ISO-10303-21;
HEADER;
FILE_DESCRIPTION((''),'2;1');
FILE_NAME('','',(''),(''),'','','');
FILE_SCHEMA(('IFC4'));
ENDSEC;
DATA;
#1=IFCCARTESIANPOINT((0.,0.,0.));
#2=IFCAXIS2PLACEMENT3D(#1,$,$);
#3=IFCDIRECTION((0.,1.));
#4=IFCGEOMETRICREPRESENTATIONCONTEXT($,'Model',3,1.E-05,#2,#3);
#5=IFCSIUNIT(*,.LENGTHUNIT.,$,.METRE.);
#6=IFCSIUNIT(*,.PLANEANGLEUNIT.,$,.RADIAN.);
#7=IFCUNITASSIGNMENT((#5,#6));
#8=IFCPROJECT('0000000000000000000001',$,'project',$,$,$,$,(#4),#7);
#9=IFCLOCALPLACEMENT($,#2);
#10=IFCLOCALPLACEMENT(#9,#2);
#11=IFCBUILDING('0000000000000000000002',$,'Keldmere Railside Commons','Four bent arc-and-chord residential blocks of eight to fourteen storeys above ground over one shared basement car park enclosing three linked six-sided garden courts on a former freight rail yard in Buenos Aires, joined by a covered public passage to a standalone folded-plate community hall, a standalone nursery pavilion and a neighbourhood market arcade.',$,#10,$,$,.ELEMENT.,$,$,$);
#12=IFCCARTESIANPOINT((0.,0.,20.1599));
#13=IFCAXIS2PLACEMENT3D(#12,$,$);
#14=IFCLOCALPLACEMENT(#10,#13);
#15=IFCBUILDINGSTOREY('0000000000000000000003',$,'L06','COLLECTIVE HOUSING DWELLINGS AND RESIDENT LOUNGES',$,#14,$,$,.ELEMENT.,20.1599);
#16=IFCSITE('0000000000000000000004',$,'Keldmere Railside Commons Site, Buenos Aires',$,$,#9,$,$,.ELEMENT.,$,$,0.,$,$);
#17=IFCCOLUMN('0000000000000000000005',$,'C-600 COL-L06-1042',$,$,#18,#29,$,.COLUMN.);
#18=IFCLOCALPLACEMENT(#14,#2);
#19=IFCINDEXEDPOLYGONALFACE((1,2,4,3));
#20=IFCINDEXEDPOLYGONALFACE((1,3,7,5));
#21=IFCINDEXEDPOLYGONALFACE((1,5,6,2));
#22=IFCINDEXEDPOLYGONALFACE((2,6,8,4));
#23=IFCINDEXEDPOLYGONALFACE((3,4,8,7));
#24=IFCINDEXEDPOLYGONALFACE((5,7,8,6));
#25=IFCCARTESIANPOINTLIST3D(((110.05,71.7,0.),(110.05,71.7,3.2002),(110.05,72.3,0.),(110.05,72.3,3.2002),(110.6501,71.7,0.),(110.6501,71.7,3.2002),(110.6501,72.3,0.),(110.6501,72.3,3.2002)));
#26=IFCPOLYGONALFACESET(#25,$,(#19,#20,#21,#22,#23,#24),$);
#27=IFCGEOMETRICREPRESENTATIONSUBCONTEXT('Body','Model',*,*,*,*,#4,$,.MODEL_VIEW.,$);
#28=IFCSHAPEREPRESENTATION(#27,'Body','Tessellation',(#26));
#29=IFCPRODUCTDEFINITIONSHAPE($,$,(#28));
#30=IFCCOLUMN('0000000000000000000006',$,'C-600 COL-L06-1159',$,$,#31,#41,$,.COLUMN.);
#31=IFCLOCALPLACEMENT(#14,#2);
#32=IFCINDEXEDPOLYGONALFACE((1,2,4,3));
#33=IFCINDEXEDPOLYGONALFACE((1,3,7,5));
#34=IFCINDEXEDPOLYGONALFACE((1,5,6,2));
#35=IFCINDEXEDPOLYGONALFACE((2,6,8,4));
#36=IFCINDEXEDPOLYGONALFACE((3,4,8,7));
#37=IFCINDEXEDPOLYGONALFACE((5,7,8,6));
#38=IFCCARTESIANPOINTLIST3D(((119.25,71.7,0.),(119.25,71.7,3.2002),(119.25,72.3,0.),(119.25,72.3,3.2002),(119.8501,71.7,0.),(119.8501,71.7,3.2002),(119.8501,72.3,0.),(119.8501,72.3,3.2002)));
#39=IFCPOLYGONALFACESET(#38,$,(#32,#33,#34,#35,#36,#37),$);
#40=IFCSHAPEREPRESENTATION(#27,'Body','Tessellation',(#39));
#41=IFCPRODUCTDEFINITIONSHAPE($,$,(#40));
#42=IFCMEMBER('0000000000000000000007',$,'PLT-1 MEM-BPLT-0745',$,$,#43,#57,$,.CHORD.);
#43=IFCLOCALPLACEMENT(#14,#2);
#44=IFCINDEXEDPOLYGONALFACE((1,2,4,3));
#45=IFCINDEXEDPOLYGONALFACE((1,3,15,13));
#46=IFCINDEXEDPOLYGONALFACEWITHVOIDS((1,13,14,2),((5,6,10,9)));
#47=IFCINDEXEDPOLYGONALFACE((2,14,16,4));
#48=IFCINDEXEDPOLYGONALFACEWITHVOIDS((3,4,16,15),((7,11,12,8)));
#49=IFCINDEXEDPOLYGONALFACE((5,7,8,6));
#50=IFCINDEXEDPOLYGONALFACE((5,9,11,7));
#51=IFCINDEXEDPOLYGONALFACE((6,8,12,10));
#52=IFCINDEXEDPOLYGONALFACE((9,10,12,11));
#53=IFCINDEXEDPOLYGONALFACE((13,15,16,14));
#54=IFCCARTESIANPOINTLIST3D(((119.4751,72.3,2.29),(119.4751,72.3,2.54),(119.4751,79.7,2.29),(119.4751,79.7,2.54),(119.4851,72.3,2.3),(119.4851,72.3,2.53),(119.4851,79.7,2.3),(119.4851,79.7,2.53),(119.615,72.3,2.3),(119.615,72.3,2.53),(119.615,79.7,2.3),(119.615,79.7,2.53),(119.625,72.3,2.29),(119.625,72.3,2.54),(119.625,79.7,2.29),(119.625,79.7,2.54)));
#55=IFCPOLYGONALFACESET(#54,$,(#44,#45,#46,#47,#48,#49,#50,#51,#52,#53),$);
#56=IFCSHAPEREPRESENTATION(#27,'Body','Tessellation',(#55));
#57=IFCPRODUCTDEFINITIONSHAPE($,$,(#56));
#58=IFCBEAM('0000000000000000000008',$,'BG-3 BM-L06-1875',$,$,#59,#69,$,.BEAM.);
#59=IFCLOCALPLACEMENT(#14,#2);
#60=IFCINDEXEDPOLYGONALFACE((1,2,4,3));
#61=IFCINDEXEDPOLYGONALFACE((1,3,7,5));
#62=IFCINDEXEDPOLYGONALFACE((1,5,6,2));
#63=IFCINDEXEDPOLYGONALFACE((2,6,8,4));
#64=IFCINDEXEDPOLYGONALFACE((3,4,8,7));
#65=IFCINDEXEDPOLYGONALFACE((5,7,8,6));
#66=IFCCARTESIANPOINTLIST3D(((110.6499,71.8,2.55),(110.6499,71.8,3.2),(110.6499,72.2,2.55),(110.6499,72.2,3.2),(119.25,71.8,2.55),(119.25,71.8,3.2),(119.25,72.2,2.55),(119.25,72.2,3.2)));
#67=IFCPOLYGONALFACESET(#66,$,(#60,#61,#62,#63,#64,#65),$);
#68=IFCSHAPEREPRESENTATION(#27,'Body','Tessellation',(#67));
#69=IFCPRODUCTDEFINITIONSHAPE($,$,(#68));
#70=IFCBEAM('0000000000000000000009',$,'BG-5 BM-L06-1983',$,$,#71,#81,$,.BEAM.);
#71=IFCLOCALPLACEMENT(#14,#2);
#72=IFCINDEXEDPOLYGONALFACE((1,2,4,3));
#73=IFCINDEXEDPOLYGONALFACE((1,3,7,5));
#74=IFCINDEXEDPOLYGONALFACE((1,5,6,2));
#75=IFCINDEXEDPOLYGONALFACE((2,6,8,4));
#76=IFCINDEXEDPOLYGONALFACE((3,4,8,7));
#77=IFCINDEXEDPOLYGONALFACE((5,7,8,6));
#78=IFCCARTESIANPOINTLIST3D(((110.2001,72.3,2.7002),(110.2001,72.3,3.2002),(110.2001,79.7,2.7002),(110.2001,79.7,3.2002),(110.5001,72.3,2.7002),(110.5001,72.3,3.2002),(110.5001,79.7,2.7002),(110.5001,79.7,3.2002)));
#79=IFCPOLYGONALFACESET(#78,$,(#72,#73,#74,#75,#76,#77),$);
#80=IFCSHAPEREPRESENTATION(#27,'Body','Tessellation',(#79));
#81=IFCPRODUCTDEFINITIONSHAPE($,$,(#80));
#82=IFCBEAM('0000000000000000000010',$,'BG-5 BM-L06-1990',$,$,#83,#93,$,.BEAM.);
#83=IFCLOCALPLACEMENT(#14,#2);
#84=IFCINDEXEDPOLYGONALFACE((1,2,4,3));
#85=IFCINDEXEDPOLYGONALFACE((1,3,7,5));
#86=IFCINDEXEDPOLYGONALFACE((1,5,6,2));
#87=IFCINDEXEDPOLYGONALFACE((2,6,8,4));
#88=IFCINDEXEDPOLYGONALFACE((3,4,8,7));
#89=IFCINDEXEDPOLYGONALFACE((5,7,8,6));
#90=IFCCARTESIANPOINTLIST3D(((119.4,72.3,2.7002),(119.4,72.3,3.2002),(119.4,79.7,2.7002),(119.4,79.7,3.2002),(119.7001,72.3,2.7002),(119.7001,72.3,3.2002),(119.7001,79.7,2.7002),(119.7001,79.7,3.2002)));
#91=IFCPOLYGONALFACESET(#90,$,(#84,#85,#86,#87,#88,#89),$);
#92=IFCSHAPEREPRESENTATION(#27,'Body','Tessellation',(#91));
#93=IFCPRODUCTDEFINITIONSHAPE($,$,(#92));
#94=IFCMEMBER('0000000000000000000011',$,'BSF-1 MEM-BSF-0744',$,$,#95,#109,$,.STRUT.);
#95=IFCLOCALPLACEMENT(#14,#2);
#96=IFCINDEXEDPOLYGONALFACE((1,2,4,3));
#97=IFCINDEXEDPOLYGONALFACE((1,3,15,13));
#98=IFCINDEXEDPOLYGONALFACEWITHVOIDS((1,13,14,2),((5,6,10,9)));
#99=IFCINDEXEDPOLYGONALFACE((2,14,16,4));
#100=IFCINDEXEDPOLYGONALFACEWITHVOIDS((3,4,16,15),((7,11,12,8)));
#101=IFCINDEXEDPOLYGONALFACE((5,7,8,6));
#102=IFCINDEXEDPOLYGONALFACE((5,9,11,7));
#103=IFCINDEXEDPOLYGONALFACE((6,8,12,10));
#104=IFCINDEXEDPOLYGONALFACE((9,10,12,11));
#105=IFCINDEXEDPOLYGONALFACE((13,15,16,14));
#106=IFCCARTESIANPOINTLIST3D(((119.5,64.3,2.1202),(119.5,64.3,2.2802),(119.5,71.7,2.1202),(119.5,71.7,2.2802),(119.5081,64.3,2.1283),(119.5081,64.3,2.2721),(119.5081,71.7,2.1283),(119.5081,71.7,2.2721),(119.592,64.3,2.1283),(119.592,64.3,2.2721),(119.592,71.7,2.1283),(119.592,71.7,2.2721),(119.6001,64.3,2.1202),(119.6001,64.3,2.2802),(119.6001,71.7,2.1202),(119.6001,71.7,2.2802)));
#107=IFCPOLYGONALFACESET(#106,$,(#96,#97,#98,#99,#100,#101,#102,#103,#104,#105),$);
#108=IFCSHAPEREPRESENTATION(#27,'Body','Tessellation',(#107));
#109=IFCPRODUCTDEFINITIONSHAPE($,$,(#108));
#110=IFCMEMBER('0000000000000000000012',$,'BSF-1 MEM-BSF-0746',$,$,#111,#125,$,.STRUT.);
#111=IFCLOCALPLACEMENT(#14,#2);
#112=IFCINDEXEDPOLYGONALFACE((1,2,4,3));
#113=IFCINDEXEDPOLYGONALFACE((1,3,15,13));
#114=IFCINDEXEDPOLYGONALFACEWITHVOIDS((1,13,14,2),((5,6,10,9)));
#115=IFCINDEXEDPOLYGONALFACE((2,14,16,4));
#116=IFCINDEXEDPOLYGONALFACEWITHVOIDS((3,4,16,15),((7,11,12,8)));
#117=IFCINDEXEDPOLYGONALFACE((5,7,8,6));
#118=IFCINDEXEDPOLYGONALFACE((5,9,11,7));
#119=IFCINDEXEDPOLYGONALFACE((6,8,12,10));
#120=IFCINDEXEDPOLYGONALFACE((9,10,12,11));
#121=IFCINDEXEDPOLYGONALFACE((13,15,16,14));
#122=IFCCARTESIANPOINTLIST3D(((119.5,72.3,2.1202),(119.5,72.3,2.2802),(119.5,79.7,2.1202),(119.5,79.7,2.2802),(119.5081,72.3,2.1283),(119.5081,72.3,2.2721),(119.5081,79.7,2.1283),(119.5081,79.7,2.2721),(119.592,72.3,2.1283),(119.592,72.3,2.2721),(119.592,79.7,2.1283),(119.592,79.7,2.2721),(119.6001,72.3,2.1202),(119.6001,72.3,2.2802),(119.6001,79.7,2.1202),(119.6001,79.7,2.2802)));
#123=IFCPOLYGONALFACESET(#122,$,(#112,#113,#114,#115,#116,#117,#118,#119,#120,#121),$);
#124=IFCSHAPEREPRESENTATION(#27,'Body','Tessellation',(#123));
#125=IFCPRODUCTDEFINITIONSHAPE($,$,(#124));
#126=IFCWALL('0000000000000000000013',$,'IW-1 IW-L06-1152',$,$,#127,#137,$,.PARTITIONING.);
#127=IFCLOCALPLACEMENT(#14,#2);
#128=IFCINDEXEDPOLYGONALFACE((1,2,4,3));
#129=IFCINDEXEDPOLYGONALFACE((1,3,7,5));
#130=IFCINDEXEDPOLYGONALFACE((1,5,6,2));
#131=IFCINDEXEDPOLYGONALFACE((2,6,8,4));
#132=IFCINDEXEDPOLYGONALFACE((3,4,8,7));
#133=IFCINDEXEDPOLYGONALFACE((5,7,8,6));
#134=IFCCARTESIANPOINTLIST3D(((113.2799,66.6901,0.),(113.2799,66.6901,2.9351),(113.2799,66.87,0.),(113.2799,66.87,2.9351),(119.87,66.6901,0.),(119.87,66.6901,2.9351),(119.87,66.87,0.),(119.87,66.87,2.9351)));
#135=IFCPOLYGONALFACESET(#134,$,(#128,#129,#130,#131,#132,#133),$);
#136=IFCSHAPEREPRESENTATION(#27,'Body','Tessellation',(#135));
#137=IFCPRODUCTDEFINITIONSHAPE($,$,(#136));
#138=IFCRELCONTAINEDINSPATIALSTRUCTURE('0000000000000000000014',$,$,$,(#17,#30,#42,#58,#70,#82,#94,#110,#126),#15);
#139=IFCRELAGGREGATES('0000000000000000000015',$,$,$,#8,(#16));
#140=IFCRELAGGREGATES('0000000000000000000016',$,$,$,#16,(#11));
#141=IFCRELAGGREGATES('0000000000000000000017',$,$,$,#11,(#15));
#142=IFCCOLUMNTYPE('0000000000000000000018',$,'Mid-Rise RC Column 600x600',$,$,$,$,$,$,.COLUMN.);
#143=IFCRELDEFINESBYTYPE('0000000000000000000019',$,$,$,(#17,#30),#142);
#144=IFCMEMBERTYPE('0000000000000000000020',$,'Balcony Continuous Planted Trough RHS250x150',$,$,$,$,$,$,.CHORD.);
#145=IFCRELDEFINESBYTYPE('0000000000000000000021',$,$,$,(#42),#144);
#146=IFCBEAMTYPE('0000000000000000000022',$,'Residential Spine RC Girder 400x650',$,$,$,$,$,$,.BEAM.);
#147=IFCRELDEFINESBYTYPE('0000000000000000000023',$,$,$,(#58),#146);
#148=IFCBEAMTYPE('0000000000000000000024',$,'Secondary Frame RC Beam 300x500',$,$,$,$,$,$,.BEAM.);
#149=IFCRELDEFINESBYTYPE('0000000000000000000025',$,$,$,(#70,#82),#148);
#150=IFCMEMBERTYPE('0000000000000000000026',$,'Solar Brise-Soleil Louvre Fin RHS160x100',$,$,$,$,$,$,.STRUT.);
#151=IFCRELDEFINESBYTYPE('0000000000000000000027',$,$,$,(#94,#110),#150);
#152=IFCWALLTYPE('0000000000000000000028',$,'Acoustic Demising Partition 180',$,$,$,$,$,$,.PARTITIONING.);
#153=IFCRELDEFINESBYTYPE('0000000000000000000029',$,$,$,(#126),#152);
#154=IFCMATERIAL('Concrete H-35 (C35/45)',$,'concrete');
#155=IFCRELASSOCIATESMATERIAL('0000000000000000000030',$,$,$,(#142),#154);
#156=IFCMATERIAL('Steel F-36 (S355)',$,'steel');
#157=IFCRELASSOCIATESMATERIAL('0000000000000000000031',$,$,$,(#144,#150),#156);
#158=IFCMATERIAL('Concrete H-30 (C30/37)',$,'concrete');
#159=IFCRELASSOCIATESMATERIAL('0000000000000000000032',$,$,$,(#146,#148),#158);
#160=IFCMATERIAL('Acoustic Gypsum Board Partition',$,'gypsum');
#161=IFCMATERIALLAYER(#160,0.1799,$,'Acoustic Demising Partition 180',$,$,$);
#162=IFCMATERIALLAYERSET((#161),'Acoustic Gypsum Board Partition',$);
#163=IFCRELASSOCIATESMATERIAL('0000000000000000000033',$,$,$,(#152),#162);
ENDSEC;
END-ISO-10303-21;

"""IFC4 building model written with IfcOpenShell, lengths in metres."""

from ifc_helpers import new_model, si_unit, direction, frame, frame_2d, origin, origin_2d, place, context, subcontext, project, spatial, rectangle, hollow_rectangle, extrude, material, layer, layer_set, material_profile, profile_set, type_object, element, save


model = new_model("IFC4")

# Units and contexts
model_context = context("Model", 3, precision=1e-05, world=origin(), true_north=direction((0.0, 1.0)))
body_context = subcontext(model_context, "Body", "Model", "MODEL_VIEW")
ifc_project = project(units=[si_unit("LENGTHUNIT", "METRE"), si_unit("PLANEANGLEUNIT", "RADIAN")], contexts=[model_context])

# Site, building, storey
site_placement = place(None, origin())
site = spatial("IfcSite", under=ifc_project, at=site_placement, Name="Keldmere Railside Commons Site, Buenos Aires", CompositionType="ELEMENT", RefElevation=0.0)
building_placement = place(site_placement, origin())
building = spatial("IfcBuilding", under=site, at=building_placement, Name="Keldmere Railside Commons", Description="Four bent arc-and-chord residential blocks of eight to fourteen storeys above ground over one shared basement car park enclosing three linked six-sided garden courts on a former freight rail yard in Buenos Aires, joined by a covered public passage to a standalone folded-plate community hall, a standalone nursery pavilion and a neighbourhood market arcade.", CompositionType="ELEMENT")
storey_placement = place(building_placement, frame((0.0, 0.0, 20.1599)))
storey = spatial("IfcBuildingStorey", under=building, at=storey_placement, Name="L06", Description="COLLECTIVE HOUSING DWELLINGS AND RESIDENT LOUNGES", CompositionType="ELEMENT", Elevation=20.1599)

# Columns
ifc_material_1 = material(Name="Concrete H-35 (C35/45)", Category="concrete")
ifc_material_profile_1 = material_profile(ifc_material_1, rectangle(XDim=0.6001, YDim=0.6001, at=origin_2d()), Name="RC-600x600")
ifc_profile_set_1 = profile_set([ifc_material_profile_1], Name="Concrete H-35 (C35/45)")
column_type = type_object("IfcColumnType", Name="Mid-Rise RC Column 600x600", PredefinedType="COLUMN", material=ifc_profile_set_1)
for number, where, z_axis, x_axis, name in (
    (1, (110.3501, 72.0, 0.0), (0.0, 0.0, 1.0), (1.0, 0.0, 0.0), "C-600 COL-L06-1042"),
    (2, (119.55, 72.0, 0.0), (0.0, 0.0, 1.0), (1.0, 0.0, 0.0), "C-600 COL-L06-1159"),
):
    element("IfcColumn", number, at=place(storey_placement, frame(where, z_axis=z_axis, x_axis=x_axis)), inside=storey, type_object=column_type, Name=name, PredefinedType="COLUMN", context=body_context, shape_type="SweptSolid", body=[
        extrude(rectangle(XDim=0.6001, YDim=0.6001, at=origin_2d()), origin(), (0.0, 0.0, 1.0), 3.2002),
    ])

# Member
ifc_material_2 = material(Name="Steel F-36 (S355)", Category="steel")
ifc_material_profile_2 = material_profile(ifc_material_2, hollow_rectangle(XDim=0.1499, YDim=0.25, WallThickness=0.01, at=origin_2d()), Name="RHS-250x150x10")
ifc_profile_set_2 = profile_set([ifc_material_profile_2], Name="Steel F-36 (S355)")
member_type_1 = type_object("IfcMemberType", Name="Balcony Continuous Planted Trough RHS250x150", PredefinedType="CHORD", material=ifc_profile_set_2)
member_placement = place(storey_placement, frame((119.55, 72.3, 2.415), z_axis=(0.0, 1.0, 0.0), x_axis=(-1.0, 0.0, 0.0)))
element("IfcMember", 3, at=member_placement, inside=storey, type_object=member_type_1, Name="PLT-1 MEM-BPLT-0745", PredefinedType="CHORD", context=body_context, shape_type="SweptSolid", body=[
    extrude(hollow_rectangle(XDim=0.1499, YDim=0.25, WallThickness=0.01, at=origin_2d()), origin(), (0.0, 0.0, 1.0), 7.3999),
])

# Beams
ifc_material_3 = material(Name="Concrete H-30 (C30/37)", Category="concrete")
ifc_material_profile_3 = material_profile(ifc_material_3, rectangle(XDim=0.3999, YDim=0.6499, at=origin_2d()), Name="RC-400x650")
ifc_profile_set_3 = profile_set([ifc_material_profile_3], Name="Concrete H-30 (C30/37)")
beam_type_1 = type_object("IfcBeamType", Name="Residential Spine RC Girder 400x650", PredefinedType="BEAM", material=ifc_profile_set_3)
beam_placement = place(storey_placement, frame((110.6499, 72.0, 2.875), z_axis=(1.0, 0.0, 0.0), x_axis=(0.0, 1.0, 0.0)))
element("IfcBeam", 4, at=beam_placement, inside=storey, type_object=beam_type_1, Name="BG-3 BM-L06-1875", PredefinedType="BEAM", context=body_context, shape_type="SweptSolid", body=[
    extrude(rectangle(XDim=0.3999, YDim=0.6499, at=origin_2d()), origin(), (0.0, 0.0, 1.0), 8.6001),
])
ifc_material_profile_4 = material_profile(ifc_material_3, rectangle(XDim=0.3, YDim=0.5, at=origin_2d()), Name="RC-300x500")
ifc_profile_set_4 = profile_set([ifc_material_profile_4], Name="Concrete H-30 (C30/37)")
beam_type_2 = type_object("IfcBeamType", Name="Secondary Frame RC Beam 300x500", PredefinedType="BEAM", material=ifc_profile_set_4)
for number, where, z_axis, x_axis, name in (
    (5, (110.3501, 72.3, 2.9502), (0.0, 1.0, 0.0), (-1.0, 0.0, 0.0), "BG-5 BM-L06-1983"),
    (6, (119.55, 72.3, 2.9502), (0.0, 1.0, 0.0), (-1.0, 0.0, 0.0), "BG-5 BM-L06-1990"),
):
    element("IfcBeam", number, at=place(storey_placement, frame(where, z_axis=z_axis, x_axis=x_axis)), inside=storey, type_object=beam_type_2, Name=name, PredefinedType="BEAM", context=body_context, shape_type="SweptSolid", body=[
        extrude(rectangle(XDim=0.3, YDim=0.5, at=origin_2d()), origin(), (0.0, 0.0, 1.0), 7.3999),
    ])

# Members
ifc_material_profile_5 = material_profile(ifc_material_2, hollow_rectangle(XDim=0.1001, YDim=0.1599, WallThickness=0.0081, at=origin_2d()), Name="RHS-160x100x8")
ifc_profile_set_5 = profile_set([ifc_material_profile_5], Name="Steel F-36 (S355)")
member_type_2 = type_object("IfcMemberType", Name="Solar Brise-Soleil Louvre Fin RHS160x100", PredefinedType="STRUT", material=ifc_profile_set_5)
for number, where, z_axis, x_axis, name in (
    (7, (119.55, 64.3, 2.2002), (0.0, 1.0, 0.0), (-1.0, 0.0, 0.0), "BSF-1 MEM-BSF-0744"),
    (8, (119.55, 72.3, 2.2002), (0.0, 1.0, 0.0), (-1.0, 0.0, 0.0), "BSF-1 MEM-BSF-0746"),
):
    element("IfcMember", number, at=place(storey_placement, frame(where, z_axis=z_axis, x_axis=x_axis)), inside=storey, type_object=member_type_2, Name=name, PredefinedType="STRUT", context=body_context, shape_type="SweptSolid", body=[
        extrude(hollow_rectangle(XDim=0.1001, YDim=0.1599, WallThickness=0.0081, at=origin_2d()), origin(), (0.0, 0.0, 1.0), 7.3999),
    ])

# Wall
ifc_material_4 = material(Name="Acoustic Gypsum Board Partition", Category="gypsum")
ifc_layer_1 = layer(ifc_material_4, 0.1799, Name="Acoustic Demising Partition 180")
ifc_layer_set_1 = layer_set([ifc_layer_1], Name="Acoustic Gypsum Board Partition")
wall_type_1 = type_object("IfcWallType", Name="Acoustic Demising Partition 180", PredefinedType="PARTITIONING", material=ifc_layer_set_1)
wall_1_placement = place(storey_placement, frame((113.28, 66.78, 0.0), z_axis=(0.0, 0.0, 1.0), x_axis=(1.0, 0.0, 0.0)))
element("IfcWall", 9, at=wall_1_placement, inside=storey, type_object=wall_type_1, Name="IW-1 IW-L06-1152", PredefinedType="PARTITIONING", context=body_context, shape_type="SweptSolid", body=[
    extrude(rectangle(XDim=6.5901, YDim=0.1799, at=frame_2d((3.2949, 0.0))), origin(), (0.0, 0.0, 1.0), 2.9351),
])

save(model, "model.ifc")
